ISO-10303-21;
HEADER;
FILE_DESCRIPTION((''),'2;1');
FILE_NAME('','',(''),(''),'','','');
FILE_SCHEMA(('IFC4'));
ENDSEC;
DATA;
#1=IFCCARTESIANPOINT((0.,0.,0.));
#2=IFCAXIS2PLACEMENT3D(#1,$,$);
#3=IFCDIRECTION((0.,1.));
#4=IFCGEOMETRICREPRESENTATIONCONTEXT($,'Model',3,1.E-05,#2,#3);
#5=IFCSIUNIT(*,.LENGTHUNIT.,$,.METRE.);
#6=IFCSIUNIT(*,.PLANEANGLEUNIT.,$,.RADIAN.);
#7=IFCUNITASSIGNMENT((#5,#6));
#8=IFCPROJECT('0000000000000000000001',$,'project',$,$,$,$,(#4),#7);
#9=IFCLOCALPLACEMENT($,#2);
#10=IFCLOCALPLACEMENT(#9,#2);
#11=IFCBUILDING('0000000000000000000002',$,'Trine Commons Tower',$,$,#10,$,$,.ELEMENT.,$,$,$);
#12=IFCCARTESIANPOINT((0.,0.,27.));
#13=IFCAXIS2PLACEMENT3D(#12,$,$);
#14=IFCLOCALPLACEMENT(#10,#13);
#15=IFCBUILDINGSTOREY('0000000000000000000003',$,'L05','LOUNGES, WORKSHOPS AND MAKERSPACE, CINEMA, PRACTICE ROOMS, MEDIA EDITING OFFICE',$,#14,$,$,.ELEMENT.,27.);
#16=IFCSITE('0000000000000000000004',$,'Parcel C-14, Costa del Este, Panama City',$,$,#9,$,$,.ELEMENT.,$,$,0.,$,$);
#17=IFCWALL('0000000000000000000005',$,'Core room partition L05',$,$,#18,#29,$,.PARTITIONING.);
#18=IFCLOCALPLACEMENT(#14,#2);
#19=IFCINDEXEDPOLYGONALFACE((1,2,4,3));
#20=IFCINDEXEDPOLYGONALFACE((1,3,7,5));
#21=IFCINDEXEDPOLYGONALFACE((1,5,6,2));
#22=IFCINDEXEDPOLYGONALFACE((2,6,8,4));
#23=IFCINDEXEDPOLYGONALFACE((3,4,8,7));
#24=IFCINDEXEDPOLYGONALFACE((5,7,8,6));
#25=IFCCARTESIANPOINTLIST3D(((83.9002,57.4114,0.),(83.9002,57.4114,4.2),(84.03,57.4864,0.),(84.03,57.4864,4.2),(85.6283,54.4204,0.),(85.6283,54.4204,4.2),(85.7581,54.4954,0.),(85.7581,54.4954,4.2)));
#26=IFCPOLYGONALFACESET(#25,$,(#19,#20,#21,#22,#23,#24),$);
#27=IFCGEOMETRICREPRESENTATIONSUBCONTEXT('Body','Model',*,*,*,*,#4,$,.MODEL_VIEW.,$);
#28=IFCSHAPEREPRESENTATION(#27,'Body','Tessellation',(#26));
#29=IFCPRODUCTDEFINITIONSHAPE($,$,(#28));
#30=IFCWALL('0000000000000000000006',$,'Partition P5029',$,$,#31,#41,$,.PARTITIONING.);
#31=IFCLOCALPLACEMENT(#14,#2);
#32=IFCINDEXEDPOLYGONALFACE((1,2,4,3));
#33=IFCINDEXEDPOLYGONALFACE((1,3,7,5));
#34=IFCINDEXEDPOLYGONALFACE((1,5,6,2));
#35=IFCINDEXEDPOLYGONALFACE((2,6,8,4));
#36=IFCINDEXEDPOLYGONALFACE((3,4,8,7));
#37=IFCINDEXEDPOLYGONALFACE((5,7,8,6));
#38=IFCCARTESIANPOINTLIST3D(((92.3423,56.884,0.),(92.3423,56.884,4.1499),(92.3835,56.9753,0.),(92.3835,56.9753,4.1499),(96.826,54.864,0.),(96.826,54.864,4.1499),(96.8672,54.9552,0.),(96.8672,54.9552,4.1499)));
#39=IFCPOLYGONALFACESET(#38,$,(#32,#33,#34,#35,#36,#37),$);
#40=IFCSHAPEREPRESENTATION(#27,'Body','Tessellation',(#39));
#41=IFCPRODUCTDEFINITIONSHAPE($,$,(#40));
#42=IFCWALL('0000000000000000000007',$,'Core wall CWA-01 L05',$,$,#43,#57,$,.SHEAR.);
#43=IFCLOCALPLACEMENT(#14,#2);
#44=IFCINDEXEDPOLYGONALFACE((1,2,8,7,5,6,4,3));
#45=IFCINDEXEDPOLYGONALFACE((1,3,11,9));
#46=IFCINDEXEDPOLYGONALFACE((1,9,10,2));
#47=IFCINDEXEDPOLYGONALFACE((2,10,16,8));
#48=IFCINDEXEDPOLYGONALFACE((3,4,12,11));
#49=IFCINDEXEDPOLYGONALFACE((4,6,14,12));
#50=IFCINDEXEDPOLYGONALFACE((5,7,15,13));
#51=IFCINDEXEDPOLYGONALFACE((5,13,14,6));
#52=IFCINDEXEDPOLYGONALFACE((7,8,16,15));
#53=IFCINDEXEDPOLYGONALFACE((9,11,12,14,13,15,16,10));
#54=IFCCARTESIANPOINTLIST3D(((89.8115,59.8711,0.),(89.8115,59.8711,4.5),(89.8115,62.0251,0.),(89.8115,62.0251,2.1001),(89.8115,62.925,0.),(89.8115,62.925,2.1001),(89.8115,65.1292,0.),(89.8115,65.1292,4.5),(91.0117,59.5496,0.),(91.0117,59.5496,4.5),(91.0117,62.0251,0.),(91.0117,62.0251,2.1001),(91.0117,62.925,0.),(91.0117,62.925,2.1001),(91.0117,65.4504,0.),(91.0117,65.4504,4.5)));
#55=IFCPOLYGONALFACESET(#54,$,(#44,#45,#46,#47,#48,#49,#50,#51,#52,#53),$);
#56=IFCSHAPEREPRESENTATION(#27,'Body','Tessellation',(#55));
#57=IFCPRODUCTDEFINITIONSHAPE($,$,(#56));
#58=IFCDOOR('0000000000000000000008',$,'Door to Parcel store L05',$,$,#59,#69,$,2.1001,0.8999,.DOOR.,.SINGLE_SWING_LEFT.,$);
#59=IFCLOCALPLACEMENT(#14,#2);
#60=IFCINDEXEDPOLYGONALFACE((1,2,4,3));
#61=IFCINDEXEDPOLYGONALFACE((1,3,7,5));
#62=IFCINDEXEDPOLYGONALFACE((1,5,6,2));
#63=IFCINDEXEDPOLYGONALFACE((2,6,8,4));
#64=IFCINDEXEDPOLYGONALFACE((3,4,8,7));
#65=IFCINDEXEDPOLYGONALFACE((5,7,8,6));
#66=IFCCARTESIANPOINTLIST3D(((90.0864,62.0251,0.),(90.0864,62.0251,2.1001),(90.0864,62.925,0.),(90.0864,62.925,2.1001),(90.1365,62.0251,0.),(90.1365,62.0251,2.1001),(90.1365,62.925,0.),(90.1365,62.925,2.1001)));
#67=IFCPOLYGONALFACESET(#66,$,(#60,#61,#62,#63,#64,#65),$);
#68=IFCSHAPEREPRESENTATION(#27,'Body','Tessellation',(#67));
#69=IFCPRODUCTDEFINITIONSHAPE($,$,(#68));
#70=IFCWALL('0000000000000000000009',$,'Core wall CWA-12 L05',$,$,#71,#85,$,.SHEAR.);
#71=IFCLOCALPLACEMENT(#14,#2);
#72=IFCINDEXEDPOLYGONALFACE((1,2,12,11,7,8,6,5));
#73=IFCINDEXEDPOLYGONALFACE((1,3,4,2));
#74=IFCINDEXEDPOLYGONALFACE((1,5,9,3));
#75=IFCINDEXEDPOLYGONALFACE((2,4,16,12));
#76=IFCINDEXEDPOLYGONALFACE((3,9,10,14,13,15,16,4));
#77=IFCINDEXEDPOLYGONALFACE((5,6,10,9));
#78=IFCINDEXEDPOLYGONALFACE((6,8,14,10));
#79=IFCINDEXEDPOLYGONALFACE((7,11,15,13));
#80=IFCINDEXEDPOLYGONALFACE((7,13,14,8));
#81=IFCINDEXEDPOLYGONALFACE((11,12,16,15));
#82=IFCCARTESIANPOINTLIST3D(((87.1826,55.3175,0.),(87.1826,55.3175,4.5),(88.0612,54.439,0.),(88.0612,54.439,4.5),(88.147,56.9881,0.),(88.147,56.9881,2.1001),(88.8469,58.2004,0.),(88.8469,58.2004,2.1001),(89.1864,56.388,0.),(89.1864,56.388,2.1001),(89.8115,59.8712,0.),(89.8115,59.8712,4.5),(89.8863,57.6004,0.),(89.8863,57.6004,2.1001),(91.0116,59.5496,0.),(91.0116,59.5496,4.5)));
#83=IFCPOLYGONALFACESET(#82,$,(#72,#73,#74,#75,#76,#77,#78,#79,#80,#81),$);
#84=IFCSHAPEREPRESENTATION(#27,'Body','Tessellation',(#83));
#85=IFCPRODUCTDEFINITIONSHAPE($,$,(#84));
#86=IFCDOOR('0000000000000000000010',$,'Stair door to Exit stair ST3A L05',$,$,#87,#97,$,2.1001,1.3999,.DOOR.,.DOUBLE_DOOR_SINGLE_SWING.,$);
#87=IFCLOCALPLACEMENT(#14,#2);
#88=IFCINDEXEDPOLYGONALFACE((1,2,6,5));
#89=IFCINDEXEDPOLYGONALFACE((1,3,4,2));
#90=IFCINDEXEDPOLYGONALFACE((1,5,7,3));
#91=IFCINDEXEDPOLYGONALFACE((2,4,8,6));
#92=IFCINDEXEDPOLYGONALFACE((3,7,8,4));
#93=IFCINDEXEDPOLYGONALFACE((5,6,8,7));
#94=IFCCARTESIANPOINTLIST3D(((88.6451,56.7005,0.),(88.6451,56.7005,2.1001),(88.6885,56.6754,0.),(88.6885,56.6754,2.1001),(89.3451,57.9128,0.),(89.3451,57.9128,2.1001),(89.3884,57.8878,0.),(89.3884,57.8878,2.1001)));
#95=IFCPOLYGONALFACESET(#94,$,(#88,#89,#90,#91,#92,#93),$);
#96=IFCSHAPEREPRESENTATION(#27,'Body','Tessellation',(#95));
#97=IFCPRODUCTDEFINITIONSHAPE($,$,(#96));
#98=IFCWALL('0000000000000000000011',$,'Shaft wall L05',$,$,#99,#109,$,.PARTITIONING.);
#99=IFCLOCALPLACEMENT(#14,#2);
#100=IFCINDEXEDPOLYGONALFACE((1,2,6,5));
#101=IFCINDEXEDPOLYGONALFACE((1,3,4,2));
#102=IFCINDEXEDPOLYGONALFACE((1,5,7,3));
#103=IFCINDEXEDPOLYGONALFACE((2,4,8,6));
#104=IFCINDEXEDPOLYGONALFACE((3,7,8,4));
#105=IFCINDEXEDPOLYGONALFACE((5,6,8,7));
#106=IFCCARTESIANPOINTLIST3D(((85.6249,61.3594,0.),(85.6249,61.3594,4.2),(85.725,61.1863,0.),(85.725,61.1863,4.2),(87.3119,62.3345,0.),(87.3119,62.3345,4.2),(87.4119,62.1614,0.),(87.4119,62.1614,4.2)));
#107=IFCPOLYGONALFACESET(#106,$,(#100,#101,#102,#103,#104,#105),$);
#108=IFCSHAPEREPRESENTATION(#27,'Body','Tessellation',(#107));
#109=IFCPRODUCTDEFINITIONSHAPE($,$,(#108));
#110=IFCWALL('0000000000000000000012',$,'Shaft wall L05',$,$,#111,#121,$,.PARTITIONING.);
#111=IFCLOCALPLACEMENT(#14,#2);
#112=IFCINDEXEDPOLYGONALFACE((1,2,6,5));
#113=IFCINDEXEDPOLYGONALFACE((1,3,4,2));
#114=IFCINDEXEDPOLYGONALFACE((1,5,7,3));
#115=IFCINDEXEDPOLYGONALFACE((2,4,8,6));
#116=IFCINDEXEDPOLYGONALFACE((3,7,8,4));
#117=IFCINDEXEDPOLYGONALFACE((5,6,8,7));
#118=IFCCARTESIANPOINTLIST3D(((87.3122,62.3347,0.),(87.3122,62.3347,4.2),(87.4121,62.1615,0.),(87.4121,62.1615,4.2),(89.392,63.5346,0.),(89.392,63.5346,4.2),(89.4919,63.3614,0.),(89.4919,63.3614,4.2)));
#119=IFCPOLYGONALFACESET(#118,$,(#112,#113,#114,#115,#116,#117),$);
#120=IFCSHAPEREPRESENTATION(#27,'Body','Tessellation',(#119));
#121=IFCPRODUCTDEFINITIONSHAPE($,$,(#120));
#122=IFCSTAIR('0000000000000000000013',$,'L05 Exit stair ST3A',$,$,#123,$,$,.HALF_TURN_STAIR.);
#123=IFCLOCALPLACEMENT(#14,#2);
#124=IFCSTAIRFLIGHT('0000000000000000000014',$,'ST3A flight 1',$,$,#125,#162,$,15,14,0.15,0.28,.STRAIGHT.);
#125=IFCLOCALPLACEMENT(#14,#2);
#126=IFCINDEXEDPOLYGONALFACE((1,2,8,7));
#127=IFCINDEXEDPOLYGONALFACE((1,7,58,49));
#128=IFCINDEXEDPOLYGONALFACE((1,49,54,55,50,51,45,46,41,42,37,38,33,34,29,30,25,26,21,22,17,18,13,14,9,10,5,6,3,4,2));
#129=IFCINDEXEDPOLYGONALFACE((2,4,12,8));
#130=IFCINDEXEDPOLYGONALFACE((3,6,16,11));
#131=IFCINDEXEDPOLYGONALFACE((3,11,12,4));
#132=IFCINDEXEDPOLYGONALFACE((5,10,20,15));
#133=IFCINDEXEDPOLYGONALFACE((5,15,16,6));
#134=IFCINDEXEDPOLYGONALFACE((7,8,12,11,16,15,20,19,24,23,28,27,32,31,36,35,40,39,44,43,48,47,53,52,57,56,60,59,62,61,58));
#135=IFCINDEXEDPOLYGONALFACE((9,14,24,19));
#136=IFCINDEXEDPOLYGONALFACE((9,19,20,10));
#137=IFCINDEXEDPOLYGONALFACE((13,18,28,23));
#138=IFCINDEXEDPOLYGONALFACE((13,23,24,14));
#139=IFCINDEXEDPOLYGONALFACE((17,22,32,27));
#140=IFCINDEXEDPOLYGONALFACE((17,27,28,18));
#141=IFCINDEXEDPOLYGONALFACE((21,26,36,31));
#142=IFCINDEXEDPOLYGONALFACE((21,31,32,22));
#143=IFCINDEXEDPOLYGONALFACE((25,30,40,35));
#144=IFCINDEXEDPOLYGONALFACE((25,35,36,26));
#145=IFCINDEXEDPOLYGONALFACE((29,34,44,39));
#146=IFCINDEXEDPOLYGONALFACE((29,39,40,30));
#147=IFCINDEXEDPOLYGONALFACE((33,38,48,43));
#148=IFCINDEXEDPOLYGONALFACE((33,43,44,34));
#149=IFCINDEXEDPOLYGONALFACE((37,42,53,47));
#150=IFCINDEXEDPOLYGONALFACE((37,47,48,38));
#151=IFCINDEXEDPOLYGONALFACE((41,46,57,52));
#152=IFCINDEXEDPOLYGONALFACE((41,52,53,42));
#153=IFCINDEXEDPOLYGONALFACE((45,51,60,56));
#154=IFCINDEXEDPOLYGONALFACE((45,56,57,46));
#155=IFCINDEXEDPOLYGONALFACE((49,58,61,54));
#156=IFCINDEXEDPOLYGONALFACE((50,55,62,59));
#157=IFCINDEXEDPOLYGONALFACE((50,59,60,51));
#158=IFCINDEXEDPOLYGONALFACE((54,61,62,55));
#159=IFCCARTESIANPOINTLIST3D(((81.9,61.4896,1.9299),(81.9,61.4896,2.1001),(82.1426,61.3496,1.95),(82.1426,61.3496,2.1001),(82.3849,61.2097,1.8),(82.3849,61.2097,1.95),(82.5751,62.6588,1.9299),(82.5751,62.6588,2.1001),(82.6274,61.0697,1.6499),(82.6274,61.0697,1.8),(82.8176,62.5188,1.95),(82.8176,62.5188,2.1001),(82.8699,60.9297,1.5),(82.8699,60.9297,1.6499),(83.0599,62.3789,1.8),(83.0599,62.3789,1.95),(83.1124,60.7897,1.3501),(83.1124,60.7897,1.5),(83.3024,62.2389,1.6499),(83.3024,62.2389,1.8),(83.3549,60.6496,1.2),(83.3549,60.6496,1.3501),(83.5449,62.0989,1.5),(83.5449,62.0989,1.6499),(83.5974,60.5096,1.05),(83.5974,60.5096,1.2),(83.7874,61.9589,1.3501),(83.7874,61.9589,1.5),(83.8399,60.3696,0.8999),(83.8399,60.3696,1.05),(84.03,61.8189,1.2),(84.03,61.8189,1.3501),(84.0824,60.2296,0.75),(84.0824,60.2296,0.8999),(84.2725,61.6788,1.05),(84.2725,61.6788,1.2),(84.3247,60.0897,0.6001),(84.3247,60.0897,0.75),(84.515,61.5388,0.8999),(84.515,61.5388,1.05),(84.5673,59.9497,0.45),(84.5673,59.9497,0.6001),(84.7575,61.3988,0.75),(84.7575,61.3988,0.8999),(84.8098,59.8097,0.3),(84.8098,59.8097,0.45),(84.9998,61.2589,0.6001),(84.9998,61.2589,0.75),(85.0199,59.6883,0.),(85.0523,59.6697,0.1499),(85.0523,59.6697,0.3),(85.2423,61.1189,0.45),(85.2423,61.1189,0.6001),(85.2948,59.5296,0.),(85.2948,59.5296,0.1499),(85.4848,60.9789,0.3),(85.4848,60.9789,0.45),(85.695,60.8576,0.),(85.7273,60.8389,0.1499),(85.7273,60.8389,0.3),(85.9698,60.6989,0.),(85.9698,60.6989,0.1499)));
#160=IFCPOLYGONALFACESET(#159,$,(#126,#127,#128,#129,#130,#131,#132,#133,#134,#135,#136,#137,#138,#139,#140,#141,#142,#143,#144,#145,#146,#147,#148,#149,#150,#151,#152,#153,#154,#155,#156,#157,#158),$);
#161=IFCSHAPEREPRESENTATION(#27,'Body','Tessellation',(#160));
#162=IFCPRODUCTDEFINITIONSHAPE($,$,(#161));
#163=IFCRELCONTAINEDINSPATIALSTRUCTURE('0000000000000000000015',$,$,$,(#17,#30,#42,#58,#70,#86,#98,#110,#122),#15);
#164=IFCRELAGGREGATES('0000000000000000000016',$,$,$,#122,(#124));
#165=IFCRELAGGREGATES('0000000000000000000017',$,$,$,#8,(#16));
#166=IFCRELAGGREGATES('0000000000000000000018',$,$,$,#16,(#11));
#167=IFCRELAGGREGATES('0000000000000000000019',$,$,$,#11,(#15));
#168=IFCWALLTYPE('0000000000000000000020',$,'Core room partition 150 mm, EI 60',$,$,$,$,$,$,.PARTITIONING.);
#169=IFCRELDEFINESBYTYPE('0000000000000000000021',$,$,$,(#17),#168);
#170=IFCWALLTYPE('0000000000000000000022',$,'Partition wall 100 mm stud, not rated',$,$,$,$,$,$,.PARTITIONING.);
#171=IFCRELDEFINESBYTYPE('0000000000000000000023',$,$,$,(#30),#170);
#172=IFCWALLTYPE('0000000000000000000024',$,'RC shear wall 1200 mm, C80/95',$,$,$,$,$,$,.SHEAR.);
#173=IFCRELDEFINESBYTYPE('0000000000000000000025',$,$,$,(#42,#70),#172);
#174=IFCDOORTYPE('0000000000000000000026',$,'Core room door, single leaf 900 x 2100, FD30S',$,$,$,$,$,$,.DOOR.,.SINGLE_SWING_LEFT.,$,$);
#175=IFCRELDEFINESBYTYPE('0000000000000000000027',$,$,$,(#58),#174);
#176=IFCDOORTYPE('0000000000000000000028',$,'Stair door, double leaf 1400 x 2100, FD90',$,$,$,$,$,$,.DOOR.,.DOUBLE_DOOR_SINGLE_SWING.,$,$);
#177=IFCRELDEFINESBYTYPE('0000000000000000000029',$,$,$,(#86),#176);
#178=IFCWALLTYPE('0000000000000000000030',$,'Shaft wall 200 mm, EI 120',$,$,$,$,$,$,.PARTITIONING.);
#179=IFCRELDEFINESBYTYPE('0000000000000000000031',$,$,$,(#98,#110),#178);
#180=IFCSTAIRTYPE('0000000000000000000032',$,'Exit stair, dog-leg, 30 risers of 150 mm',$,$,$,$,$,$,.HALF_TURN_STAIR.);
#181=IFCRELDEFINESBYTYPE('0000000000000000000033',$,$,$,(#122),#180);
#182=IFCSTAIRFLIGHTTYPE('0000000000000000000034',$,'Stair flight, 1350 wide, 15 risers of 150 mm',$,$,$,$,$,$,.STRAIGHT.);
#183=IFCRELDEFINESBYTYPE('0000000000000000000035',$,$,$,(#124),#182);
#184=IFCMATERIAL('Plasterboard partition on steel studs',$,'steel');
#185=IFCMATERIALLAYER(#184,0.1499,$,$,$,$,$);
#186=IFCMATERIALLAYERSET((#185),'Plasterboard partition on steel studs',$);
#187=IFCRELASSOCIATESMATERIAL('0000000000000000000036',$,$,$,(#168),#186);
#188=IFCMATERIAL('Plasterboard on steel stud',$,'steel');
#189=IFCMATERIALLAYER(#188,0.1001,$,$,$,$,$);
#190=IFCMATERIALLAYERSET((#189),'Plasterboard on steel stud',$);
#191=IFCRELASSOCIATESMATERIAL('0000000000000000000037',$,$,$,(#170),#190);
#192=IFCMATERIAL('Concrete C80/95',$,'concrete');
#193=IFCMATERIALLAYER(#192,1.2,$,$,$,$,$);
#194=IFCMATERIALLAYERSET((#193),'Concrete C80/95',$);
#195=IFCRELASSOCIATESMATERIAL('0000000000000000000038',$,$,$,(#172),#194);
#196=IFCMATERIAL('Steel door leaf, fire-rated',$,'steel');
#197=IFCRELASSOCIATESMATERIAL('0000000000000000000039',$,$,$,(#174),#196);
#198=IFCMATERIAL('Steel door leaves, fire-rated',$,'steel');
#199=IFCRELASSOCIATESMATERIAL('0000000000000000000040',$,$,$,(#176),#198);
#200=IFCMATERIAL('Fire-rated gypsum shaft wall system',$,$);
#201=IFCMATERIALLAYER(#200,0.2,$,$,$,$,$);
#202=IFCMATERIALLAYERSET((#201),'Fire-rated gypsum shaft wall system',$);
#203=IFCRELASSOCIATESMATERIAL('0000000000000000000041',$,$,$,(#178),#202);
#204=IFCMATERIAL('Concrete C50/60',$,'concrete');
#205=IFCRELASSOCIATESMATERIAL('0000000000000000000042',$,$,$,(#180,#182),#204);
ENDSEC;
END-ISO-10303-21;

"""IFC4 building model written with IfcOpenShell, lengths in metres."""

from ifc_helpers import new_model, si_unit, direction, frame, frame_2d, origin, place, context, subcontext, project, spatial, polyline, rectangle, outline, extrude, material, layer, layer_set, type_object, element, fill, aggregate, save


model = new_model("IFC4")

# Units and contexts
model_context = context("Model", 3, precision=1e-05, world=origin(), true_north=direction((0.0, 1.0)))
body_context = subcontext(model_context, "Body", "Model", "MODEL_VIEW")
ifc_project = project(units=[si_unit("LENGTHUNIT", "METRE"), si_unit("PLANEANGLEUNIT", "RADIAN")], contexts=[model_context])

# Site, building, storey
site_placement = place(None, origin())
site = spatial("IfcSite", under=ifc_project, at=site_placement, Name="Parcel C-14, Costa del Este, Panama City", CompositionType="ELEMENT", RefElevation=0.0)
building_placement = place(site_placement, origin())
building = spatial("IfcBuilding", under=site, at=building_placement, Name="Trine Commons Tower", CompositionType="ELEMENT")
storey_placement = place(building_placement, frame((0.0, 0.0, 27.0)))
storey = spatial("IfcBuildingStorey", under=building, at=storey_placement, Name="L05", Description="LOUNGES, WORKSHOPS AND MAKERSPACE, CINEMA, PRACTICE ROOMS, MEDIA EDITING OFFICE", CompositionType="ELEMENT", Elevation=27.0)

# Shared definitions
ifc_material_1 = material(Name="Concrete C80/95", Category="concrete")

# Shared definitions
ifc_material_2 = material(Name="Concrete C50/60", Category="concrete")

# Shared definitions
ifc_material_3 = material(Name="Plasterboard on steel stud", Category="steel")

# Wall
ifc_material_4 = material(Name="Plasterboard partition on steel studs", Category="steel")
ifc_layer_1 = layer(ifc_material_4, 0.1499)
ifc_layer_set_1 = layer_set([ifc_layer_1], Name="Plasterboard partition on steel studs")
wall_type_1 = type_object("IfcWallType", Name="Core room partition 150 mm, EI 60", PredefinedType="PARTITIONING", material=ifc_layer_set_1)
wall_1_placement = place(storey_placement, frame((85.6931, 54.458, 0.0), z_axis=(0.0, 0.0, 1.0), x_axis=(-0.500259, 0.865876, 0.0)))
element("IfcWall", 1, at=wall_1_placement, inside=storey, type_object=wall_type_1, Name="Core room partition L05", PredefinedType="PARTITIONING", context=body_context, shape_type="SweptSolid", body=[
    extrude(rectangle(XDim=3.4543, YDim=0.1499, at=frame_2d((1.7271, 0.0))), origin(), (0.0, 0.0, 1.0), 4.2),
])

# Wall
ifc_layer_2 = layer(ifc_material_3, 0.1001)
ifc_layer_set_2 = layer_set([ifc_layer_2], Name="Plasterboard on steel stud")
wall_type_2 = type_object("IfcWallType", Name="Partition wall 100 mm stud, not rated", PredefinedType="PARTITIONING", material=ifc_layer_set_2)
wall_2_placement = place(storey_placement, frame((92.3628, 56.9297, 0.0), z_axis=(0.0, 0.0, 1.0), x_axis=(0.91174, -0.410767, 0.0)))
element("IfcWall", 2, at=wall_2_placement, inside=storey, type_object=wall_type_2, Name="Partition P5029", PredefinedType="PARTITIONING", context=body_context, shape_type="SweptSolid", body=[
    extrude(rectangle(XDim=4.9177, YDim=0.1001, at=frame_2d((2.459, 0.0))), origin(), (0.0, 0.0, 1.0), 4.1499),
])

# Walls, openings, doors
ifc_layer_3 = layer(ifc_material_1, 1.2)
ifc_layer_set_3 = layer_set([ifc_layer_3], Name="Concrete C80/95")
wall_type_3 = type_object("IfcWallType", Name="RC shear wall 1200 mm, C80/95", PredefinedType="SHEAR", material=ifc_layer_set_3)
wall_3_placement = place(storey_placement, frame((90.4116, 59.5496, 0.0), z_axis=(0.0, 0.0, 1.0), x_axis=(0.0, 1.0, 0.0)))
wall_3 = element("IfcWall", 3, at=wall_3_placement, inside=storey, type_object=wall_type_3, Name="Core wall CWA-01 L05", PredefinedType="SHEAR", context=body_context, shape_type="SweptSolid", body=[
    extrude(outline(polyline([(0.0, -0.6001), (5.9009, -0.6001), (5.5796, 0.6001), (0.3215, 0.6001), (0.0, -0.6001)])), origin(), (0.0, 0.0, 1.0), 4.5),
])
opening_1_placement = place(wall_3_placement, frame((2.4756, 0.0, 0.0)))
opening_1 = element("IfcOpeningElement", 4, at=opening_1_placement, cuts=wall_3, PredefinedType="OPENING", context=body_context, shape_type="SweptSolid", body=[
    extrude(rectangle(XDim=0.8999, YDim=2.1001, at=frame_2d((0.45, 1.05))), frame((0.0, 0.6099, 0.0), z_axis=(0.0, -1.0, 0.0), x_axis=(1.0, 0.0, 0.0)), (0.0, 0.0, 1.0), 1.22),
])
ifc_material_5 = material(Name="Steel door leaf, fire-rated", Category="steel")
door_type_1 = type_object("IfcDoorType", Name="Core room door, single leaf 900 x 2100, FD30S", OperationType="SINGLE_SWING_LEFT", PredefinedType="DOOR", material=ifc_material_5)
door_1_placement = place(opening_1_placement, origin())
door_1 = element("IfcDoor", 5, at=door_1_placement, inside=storey, type_object=door_type_1, Name="Door to Parcel store L05", OperationType="SINGLE_SWING_LEFT", OverallHeight=2.1001, OverallWidth=0.8999, PredefinedType="DOOR", context=body_context, shape_type="SweptSolid", body=[
    extrude(rectangle(XDim=0.8999, YDim=2.1001, at=frame_2d((0.45, 1.05))), frame((0.0, 0.3252, 0.0), z_axis=(0.0, -1.0, 0.0), x_axis=(1.0, 0.0, 0.0)), (0.0, 0.0, 1.0), 0.05),
])
fill(opening_1, door_1)
wall_4_placement = place(storey_placement, frame((87.5415, 54.739, 0.0), z_axis=(0.0, 0.0, 1.0), x_axis=(0.499979, 0.866037, 0.0)))
wall_4 = element("IfcWall", 6, at=wall_4_placement, inside=storey, type_object=wall_type_3, Name="Core wall CWA-12 L05", PredefinedType="SHEAR", context=body_context, shape_type="SweptSolid", body=[
    extrude(outline(polyline([(0.0, -0.6001), (5.9011, -0.6001), (5.5796, 0.6001), (0.3215, 0.6001), (0.0, -0.6001)])), origin(), (0.0, 0.0, 1.0), 4.5),
])
opening_2_placement = place(wall_4_placement, frame((2.2505, 0.0, 0.0)))
opening_2 = element("IfcOpeningElement", 7, at=opening_2_placement, cuts=wall_4, PredefinedType="OPENING", context=body_context, shape_type="SweptSolid", body=[
    extrude(rectangle(XDim=1.3999, YDim=2.1001, at=frame_2d((0.7, 1.05))), frame((0.0, 0.6099, 0.0), z_axis=(0.0, -1.0, 0.0), x_axis=(1.0, 0.0, 0.0)), (0.0, 0.0, 1.0), 1.22),
])
ifc_material_6 = material(Name="Steel door leaves, fire-rated", Category="steel")
door_type_2 = type_object("IfcDoorType", Name="Stair door, double leaf 1400 x 2100, FD90", OperationType="DOUBLE_DOOR_SINGLE_SWING", PredefinedType="DOOR", material=ifc_material_6)
door_2_placement = place(opening_2_placement, origin())
door_2 = element("IfcDoor", 8, at=door_2_placement, inside=storey, type_object=door_type_2, Name="Stair door to Exit stair ST3A L05", OperationType="DOUBLE_DOOR_SINGLE_SWING", OverallHeight=2.1001, OverallWidth=1.3999, PredefinedType="DOOR", context=body_context, shape_type="SweptSolid", body=[
    extrude(rectangle(XDim=1.3999, YDim=2.1001, at=frame_2d((0.7, 1.05))), frame((0.0, 0.0249, 0.0), z_axis=(0.0, -1.0, 0.0), x_axis=(1.0, 0.0, 0.0)), (0.0, 0.0, 1.0), 0.05),
])
fill(opening_2, door_2)

# Walls
ifc_material_7 = material(Name="Fire-rated gypsum shaft wall system")
ifc_layer_4 = layer(ifc_material_7, 0.2)
ifc_layer_set_4 = layer_set([ifc_layer_4], Name="Fire-rated gypsum shaft wall system")
wall_type_4 = type_object("IfcWallType", Name="Shaft wall 200 mm, EI 120", PredefinedType="PARTITIONING", material=ifc_layer_set_4)
wall_5_placement = place(storey_placement, frame((85.675, 61.2729, 0.0), z_axis=(0.0, 0.0, 1.0), x_axis=(0.865781, 0.500424, 0.0)))
element("IfcWall", 9, at=wall_5_placement, inside=storey, type_object=wall_type_4, Name="Shaft wall L05", PredefinedType="PARTITIONING", context=body_context, shape_type="SweptSolid", body=[
    extrude(rectangle(XDim=1.9485, YDim=0.2, at=frame_2d((0.9741, 0.0))), origin(), (0.0, 0.0, 1.0), 4.2),
])
wall_6_placement = place(storey_placement, frame((87.3621, 62.248, 0.0), z_axis=(0.0, 0.0, 1.0), x_axis=(0.866177, 0.499737, 0.0)))
element("IfcWall", 10, at=wall_6_placement, inside=storey, type_object=wall_type_4, Name="Shaft wall L05", PredefinedType="PARTITIONING", context=body_context, shape_type="SweptSolid", body=[
    extrude(rectangle(XDim=2.4011, YDim=0.2, at=frame_2d((1.2007, 0.0))), origin(), (0.0, 0.0, 1.0), 4.2),
])

# Stair, stair flight
stair_type = type_object("IfcStairType", Name="Exit stair, dog-leg, 30 risers of 150 mm", PredefinedType="HALF_TURN_STAIR", material=ifc_material_2)
stair_placement = place(storey_placement, origin())
stair = element("IfcStair", 11, at=stair_placement, inside=storey, type_object=stair_type, Name="L05 Exit stair ST3A", PredefinedType="HALF_TURN_STAIR")
stair_flight_type = type_object("IfcStairFlightType", Name="Stair flight, 1350 wide, 15 risers of 150 mm", PredefinedType="STRAIGHT", material=ifc_material_2)
stair_flight_placement = place(storey_placement, frame((85.6323, 60.1143, 0.0), z_axis=(0.0, 0.0, 1.0), x_axis=(-0.866025, 0.5, 0.0)))
stair_flight = element("IfcStairFlight", 12, at=stair_flight_placement, type_object=stair_flight_type, Name="ST3A flight 1", NumberOfRisers=15, NumberOfTreads=14, PredefinedType="STRAIGHT", RiserHeight=0.15, TreadLength=0.28, context=body_context, shape_type="SweptSolid", body=[
    extrude(outline(polyline([(0.0, 0.0), (0.0, 0.1499), (0.28, 0.1499), (0.28, 0.3), (0.5601, 0.3), (0.5601, 0.45), (0.8401, 0.45), (0.8401, 0.6001), (1.1201, 0.6001), (1.1201, 0.75), (1.3999, 0.75), (1.3999, 0.8999), (1.6799, 0.8999), (1.6799, 1.05), (1.96, 1.05), (1.96, 1.2), (2.24, 1.2), (2.24, 1.3501), (2.52, 1.3501), (2.52, 1.5), (2.8, 1.5), (2.8, 1.6499), (3.0801, 1.6499), (3.0801, 1.8), (3.3601, 1.8), (3.3601, 1.95), (3.6399, 1.95), (3.6399, 2.1001), (3.9199, 2.1001), (3.9199, 2.25), (3.9199, 1.9299), (0.3174, 0.0), (0.0, 0.0)])), frame((0.0, 0.675, 0.0), z_axis=(0.0, -1.0, 0.0), x_axis=(1.0, 0.0, 0.0)), (0.0, 0.0, 1.0), 1.3501),
])
aggregate(stair, [stair_flight])

save(model, "model.ifc")
